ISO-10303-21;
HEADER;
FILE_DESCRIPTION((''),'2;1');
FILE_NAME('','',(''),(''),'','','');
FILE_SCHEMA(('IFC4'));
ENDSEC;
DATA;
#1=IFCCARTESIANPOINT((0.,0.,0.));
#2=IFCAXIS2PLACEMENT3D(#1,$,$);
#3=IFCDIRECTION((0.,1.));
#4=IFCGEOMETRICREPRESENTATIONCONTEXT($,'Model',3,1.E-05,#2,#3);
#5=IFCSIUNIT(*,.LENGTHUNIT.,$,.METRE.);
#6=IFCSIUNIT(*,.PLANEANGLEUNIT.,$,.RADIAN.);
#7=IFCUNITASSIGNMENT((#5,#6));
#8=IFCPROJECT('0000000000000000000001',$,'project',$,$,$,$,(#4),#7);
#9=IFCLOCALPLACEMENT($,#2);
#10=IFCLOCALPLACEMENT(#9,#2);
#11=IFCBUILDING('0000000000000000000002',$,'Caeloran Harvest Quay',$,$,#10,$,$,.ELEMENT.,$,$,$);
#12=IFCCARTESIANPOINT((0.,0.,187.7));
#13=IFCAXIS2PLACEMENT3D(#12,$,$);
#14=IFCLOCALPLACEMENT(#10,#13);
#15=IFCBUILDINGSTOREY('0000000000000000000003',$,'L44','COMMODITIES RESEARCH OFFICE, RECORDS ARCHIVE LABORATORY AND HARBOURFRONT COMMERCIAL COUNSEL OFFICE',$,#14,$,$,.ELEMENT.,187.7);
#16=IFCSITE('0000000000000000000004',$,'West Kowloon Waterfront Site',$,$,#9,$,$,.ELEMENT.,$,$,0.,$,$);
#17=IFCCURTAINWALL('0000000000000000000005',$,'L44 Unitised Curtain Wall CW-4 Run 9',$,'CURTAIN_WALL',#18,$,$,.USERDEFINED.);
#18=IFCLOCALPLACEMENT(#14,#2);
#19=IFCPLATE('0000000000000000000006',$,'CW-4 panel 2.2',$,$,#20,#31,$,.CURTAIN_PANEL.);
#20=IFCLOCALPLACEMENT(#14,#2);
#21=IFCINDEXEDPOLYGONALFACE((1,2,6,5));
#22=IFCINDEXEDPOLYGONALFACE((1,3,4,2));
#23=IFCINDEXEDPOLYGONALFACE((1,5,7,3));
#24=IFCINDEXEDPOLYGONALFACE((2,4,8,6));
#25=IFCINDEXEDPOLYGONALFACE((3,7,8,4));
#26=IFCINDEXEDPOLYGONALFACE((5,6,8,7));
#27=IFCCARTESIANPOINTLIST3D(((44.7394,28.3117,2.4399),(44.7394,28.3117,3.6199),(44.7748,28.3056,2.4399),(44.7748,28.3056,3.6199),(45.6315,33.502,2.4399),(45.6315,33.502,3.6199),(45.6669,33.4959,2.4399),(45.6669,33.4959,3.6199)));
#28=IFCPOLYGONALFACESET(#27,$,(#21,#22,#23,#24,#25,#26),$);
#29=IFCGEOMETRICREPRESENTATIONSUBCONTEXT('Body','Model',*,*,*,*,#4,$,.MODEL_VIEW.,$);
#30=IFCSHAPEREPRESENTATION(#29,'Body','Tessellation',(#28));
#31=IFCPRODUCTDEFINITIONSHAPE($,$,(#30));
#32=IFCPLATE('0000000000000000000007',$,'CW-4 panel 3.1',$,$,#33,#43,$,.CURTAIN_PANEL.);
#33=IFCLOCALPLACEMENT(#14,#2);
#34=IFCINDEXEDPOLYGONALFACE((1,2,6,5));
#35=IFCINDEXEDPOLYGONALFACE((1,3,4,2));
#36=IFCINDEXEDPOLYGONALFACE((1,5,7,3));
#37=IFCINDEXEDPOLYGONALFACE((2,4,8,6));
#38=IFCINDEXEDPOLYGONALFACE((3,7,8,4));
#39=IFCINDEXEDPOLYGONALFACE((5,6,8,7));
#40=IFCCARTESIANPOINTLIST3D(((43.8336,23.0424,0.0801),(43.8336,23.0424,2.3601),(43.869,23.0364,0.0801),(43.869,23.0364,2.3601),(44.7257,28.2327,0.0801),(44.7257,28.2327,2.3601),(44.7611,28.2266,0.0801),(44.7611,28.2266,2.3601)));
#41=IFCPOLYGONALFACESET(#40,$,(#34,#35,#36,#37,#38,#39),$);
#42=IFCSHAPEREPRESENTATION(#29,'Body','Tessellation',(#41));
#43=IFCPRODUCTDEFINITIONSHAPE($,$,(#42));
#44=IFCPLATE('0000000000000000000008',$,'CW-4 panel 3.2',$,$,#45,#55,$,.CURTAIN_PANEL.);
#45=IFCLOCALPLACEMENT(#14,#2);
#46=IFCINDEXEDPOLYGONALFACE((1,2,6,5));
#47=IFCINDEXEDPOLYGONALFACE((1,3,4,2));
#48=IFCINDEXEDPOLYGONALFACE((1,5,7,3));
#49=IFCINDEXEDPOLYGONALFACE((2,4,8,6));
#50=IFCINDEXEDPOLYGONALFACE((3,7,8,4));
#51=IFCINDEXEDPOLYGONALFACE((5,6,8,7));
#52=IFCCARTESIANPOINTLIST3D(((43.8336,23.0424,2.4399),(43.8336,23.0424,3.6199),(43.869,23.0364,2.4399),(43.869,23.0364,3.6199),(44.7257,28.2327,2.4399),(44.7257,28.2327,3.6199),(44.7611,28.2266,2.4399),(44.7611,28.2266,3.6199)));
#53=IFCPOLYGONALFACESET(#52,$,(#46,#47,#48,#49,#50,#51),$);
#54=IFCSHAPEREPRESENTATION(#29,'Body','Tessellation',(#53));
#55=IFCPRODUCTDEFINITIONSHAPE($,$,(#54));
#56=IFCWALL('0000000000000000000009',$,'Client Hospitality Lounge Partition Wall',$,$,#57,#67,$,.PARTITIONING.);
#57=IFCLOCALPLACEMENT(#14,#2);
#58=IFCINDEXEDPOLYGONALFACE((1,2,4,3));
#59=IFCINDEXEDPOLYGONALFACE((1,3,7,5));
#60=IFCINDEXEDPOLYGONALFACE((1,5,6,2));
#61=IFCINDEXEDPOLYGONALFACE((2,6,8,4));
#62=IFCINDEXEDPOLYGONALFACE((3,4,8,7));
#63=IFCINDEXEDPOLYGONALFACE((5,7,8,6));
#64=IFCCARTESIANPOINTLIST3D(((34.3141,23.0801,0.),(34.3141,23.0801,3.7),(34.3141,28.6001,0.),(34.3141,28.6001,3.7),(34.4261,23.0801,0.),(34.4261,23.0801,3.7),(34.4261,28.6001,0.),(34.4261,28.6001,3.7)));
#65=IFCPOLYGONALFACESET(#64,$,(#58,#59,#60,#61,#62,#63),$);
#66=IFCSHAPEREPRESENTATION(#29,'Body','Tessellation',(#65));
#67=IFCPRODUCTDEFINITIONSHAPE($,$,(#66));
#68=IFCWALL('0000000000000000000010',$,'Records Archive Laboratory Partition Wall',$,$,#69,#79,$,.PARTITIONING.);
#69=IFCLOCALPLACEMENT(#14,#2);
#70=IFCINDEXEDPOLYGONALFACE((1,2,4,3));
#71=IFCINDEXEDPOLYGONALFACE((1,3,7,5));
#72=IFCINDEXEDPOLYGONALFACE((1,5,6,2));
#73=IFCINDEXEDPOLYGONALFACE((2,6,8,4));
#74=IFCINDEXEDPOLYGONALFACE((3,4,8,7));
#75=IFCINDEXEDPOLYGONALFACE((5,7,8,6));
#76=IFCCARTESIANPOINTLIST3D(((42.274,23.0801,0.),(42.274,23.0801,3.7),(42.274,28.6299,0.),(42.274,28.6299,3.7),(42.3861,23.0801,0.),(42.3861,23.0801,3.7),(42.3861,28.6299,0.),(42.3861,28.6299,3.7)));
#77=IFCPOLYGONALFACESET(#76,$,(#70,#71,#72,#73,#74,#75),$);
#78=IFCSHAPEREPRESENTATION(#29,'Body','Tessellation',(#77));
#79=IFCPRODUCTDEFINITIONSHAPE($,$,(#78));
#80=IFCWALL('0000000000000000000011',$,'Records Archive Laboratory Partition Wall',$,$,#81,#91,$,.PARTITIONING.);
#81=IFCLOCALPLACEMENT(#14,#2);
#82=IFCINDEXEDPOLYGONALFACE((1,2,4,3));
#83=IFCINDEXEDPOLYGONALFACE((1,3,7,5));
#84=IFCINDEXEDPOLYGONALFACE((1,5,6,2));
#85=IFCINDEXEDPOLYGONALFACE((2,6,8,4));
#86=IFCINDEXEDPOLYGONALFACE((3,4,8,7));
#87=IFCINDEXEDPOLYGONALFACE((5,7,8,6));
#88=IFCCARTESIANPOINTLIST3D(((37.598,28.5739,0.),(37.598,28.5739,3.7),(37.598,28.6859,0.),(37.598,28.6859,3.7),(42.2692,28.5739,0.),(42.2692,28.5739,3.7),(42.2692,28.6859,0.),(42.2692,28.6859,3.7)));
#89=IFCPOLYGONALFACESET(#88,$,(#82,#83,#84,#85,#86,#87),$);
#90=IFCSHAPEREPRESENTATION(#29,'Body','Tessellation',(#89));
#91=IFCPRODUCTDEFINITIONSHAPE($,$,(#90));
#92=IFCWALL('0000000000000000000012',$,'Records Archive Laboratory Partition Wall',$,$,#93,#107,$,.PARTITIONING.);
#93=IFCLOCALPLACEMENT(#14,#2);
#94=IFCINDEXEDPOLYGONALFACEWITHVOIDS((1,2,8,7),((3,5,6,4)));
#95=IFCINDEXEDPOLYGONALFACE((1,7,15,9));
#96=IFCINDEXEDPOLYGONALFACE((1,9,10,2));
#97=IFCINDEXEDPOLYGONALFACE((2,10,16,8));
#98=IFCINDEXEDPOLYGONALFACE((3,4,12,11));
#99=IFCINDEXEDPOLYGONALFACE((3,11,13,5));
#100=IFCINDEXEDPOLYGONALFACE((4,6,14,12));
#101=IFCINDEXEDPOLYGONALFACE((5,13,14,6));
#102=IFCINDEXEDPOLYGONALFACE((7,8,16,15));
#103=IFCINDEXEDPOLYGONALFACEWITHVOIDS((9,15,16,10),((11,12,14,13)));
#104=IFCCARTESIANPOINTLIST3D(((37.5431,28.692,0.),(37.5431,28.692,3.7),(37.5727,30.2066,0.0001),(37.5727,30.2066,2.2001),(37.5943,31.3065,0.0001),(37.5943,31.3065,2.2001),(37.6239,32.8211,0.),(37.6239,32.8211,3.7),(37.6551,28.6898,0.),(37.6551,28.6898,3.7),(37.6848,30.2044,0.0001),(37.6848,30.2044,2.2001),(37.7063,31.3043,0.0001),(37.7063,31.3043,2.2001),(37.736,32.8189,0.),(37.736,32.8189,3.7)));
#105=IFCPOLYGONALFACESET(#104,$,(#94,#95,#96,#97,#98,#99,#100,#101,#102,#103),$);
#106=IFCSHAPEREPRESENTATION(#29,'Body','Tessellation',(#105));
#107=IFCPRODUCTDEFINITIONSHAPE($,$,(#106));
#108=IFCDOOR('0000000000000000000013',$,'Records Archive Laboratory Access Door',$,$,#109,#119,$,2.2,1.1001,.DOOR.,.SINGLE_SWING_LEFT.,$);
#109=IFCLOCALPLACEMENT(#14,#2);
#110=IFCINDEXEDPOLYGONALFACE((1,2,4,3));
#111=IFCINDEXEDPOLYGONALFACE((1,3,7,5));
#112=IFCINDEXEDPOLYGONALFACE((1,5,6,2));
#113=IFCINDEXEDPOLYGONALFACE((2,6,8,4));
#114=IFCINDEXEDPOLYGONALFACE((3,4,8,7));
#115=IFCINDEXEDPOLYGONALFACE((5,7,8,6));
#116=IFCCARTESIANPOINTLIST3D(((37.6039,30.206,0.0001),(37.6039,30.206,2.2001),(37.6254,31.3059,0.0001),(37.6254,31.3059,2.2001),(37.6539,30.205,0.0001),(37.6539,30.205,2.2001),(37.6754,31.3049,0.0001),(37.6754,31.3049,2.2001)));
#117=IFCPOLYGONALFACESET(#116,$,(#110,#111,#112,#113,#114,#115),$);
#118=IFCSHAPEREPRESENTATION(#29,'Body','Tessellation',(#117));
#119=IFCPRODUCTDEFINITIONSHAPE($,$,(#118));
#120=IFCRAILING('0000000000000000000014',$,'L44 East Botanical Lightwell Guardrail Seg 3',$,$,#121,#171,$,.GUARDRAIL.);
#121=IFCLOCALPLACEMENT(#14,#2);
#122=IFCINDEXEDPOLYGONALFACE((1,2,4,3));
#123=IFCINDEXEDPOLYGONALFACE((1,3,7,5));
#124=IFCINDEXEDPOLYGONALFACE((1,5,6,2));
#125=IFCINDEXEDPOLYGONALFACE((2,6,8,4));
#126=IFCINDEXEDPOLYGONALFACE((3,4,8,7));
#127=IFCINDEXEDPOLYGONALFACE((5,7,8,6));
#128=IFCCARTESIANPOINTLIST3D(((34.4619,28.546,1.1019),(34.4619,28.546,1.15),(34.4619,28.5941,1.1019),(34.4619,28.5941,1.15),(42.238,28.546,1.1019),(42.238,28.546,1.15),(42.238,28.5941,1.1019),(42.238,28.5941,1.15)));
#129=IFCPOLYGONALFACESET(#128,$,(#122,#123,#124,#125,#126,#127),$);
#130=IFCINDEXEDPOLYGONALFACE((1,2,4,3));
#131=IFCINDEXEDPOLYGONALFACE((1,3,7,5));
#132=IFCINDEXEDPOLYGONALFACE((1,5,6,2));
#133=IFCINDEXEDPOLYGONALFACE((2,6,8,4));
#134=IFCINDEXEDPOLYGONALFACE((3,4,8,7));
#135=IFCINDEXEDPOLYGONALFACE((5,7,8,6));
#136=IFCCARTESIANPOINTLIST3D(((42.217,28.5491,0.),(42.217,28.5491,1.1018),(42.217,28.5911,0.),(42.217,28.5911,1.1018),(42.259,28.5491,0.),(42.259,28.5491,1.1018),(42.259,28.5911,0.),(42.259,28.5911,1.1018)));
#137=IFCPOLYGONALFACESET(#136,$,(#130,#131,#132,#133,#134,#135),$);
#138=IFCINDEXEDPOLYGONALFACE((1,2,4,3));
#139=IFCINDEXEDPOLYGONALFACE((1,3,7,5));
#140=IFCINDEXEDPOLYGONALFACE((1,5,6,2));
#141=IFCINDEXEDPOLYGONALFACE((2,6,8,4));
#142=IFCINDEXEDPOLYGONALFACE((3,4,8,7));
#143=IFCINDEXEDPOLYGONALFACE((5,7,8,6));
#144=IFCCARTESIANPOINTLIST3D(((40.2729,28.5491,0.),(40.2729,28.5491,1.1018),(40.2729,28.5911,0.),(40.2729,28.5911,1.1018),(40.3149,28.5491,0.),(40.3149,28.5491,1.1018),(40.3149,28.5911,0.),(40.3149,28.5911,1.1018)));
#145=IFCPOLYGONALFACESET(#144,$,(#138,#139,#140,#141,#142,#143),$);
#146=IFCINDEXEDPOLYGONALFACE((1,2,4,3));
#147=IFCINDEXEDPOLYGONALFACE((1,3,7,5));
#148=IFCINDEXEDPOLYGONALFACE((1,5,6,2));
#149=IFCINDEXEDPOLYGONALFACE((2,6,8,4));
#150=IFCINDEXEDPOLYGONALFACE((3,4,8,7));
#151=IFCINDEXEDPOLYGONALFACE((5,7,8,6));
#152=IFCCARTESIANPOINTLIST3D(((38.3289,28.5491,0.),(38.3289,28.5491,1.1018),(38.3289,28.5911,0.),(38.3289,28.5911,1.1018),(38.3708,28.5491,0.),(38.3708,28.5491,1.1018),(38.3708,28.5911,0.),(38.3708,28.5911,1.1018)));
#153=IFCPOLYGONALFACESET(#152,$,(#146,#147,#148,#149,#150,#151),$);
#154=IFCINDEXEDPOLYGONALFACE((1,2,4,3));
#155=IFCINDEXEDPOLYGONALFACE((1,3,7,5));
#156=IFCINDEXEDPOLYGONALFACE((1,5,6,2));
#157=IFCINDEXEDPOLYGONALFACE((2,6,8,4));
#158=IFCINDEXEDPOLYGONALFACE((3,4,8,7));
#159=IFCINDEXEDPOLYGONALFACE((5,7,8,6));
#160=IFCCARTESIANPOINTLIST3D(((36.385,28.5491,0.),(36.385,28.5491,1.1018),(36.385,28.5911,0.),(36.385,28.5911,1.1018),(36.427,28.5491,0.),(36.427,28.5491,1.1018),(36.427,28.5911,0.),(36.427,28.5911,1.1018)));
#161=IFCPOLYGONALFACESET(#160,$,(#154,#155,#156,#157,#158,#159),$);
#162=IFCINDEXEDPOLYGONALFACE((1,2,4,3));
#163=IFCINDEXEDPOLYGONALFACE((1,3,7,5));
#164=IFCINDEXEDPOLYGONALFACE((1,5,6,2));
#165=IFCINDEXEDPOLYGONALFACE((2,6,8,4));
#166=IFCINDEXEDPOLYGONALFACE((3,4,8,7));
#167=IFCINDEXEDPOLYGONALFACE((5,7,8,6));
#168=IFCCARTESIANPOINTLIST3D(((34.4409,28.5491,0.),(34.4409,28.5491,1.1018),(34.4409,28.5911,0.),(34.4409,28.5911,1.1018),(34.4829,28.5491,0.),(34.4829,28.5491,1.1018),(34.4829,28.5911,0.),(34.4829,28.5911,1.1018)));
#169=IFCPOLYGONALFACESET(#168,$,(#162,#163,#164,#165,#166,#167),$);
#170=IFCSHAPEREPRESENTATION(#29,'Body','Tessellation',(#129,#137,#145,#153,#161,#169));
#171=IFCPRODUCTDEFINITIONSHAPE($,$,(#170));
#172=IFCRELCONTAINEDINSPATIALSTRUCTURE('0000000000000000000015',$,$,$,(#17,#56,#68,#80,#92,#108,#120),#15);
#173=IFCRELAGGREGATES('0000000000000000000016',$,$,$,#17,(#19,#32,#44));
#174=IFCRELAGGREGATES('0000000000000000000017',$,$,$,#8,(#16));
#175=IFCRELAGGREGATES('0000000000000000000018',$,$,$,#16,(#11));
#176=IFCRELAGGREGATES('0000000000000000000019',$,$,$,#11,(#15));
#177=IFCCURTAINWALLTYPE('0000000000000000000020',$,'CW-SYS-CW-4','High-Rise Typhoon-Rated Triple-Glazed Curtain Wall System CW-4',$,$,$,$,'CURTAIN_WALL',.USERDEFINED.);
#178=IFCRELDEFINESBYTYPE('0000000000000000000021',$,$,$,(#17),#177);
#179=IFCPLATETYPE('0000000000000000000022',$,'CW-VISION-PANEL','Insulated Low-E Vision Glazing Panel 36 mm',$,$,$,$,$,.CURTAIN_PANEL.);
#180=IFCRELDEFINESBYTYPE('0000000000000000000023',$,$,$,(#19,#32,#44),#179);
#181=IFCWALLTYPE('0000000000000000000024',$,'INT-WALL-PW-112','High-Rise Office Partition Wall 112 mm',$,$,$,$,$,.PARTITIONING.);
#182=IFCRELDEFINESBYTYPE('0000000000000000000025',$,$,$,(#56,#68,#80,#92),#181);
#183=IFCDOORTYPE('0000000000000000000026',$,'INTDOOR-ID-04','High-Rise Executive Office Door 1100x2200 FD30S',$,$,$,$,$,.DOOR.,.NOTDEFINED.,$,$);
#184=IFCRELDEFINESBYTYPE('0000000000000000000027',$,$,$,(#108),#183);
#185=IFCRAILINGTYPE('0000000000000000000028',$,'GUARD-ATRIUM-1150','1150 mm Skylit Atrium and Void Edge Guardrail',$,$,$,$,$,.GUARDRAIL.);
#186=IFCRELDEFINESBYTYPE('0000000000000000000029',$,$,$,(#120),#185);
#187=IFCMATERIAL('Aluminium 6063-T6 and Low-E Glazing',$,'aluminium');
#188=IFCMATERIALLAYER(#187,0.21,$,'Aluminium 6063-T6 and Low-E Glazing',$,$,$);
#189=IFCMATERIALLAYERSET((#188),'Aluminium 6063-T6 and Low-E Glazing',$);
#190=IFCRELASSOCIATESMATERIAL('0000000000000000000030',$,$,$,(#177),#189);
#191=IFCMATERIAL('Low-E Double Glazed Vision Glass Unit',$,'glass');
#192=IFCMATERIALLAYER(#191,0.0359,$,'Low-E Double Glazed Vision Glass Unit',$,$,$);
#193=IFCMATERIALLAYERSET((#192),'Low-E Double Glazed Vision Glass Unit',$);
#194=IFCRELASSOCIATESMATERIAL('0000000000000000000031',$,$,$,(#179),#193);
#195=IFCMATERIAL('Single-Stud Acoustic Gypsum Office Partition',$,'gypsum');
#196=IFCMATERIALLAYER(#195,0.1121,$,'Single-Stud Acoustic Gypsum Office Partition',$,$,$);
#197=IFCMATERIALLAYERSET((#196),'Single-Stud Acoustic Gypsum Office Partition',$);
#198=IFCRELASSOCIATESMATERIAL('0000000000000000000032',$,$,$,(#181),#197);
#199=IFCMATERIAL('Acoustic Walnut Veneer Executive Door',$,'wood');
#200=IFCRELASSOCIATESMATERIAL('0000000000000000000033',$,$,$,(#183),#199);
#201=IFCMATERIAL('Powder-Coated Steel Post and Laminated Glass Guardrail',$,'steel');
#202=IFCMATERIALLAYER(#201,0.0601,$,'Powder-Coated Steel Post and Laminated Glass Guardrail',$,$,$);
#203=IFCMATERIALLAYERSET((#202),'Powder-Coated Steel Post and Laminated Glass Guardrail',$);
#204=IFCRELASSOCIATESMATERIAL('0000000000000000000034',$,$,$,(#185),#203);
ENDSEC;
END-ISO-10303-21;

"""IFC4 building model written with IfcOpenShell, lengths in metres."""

from ifc_helpers import new_model, si_unit, direction, frame, frame_2d, origin, origin_2d, place, context, subcontext, project, spatial, rectangle, extrude, material, layer, layer_set, type_object, element, fill, aggregate, save


model = new_model("IFC4")

# Units and contexts
model_context = context("Model", 3, precision=1e-05, world=origin(), true_north=direction((0.0, 1.0)))
body_context = subcontext(model_context, "Body", "Model", "MODEL_VIEW")
ifc_project = project(units=[si_unit("LENGTHUNIT", "METRE"), si_unit("PLANEANGLEUNIT", "RADIAN")], contexts=[model_context])

# Site, building, storey
site_placement = place(None, origin())
site = spatial("IfcSite", under=ifc_project, at=site_placement, Name="West Kowloon Waterfront Site", CompositionType="ELEMENT", RefElevation=0.0)
building_placement = place(site_placement, origin())
building = spatial("IfcBuilding", under=site, at=building_placement, Name="Caeloran Harvest Quay", CompositionType="ELEMENT")
storey_placement = place(building_placement, frame((0.0, 0.0, 187.7)))
storey = spatial("IfcBuildingStorey", under=building, at=storey_placement, Name="L44", Description="COMMODITIES RESEARCH OFFICE, RECORDS ARCHIVE LABORATORY AND HARBOURFRONT COMMERCIAL COUNSEL OFFICE", CompositionType="ELEMENT", Elevation=187.7)

# Curtain wall, plates
ifc_material_1 = material(Name="Aluminium 6063-T6 and Low-E Glazing", Category="aluminium")
ifc_layer_1 = layer(ifc_material_1, 0.21, Name="Aluminium 6063-T6 and Low-E Glazing")
ifc_layer_set_1 = layer_set([ifc_layer_1], Name="Aluminium 6063-T6 and Low-E Glazing")
curtain_wall_type = type_object("IfcCurtainWallType", Name="CW-SYS-CW-4", Description="High-Rise Typhoon-Rated Triple-Glazed Curtain Wall System CW-4", ElementType="CURTAIN_WALL", PredefinedType="USERDEFINED", material=ifc_layer_set_1)
curtain_wall_placement = place(storey_placement, origin())
curtain_wall = element("IfcCurtainWall", 1, at=curtain_wall_placement, inside=storey, type_object=curtain_wall_type, Name="L44 Unitised Curtain Wall CW-4 Run 9", ObjectType="CURTAIN_WALL", PredefinedType="USERDEFINED")
ifc_material_2 = material(Name="Low-E Double Glazed Vision Glass Unit", Category="glass")
ifc_layer_2 = layer(ifc_material_2, 0.0359, Name="Low-E Double Glazed Vision Glass Unit")
ifc_layer_set_2 = layer_set([ifc_layer_2], Name="Low-E Double Glazed Vision Glass Unit")
plate_type = type_object("IfcPlateType", Name="CW-VISION-PANEL", Description="Insulated Low-E Vision Glazing Panel 36 mm", PredefinedType="CURTAIN_PANEL", material=ifc_layer_set_2)
plate_1_placement = place(storey_placement, frame((45.2031, 30.9038, 2.4399), z_axis=(0.0, 0.0, 1.0), x_axis=(-0.169392, -0.985549, 0.0)))
plate_1 = element("IfcPlate", 2, at=plate_1_placement, type_object=plate_type, Name="CW-4 panel 2.2", PredefinedType="CURTAIN_PANEL", context=body_context, shape_type="SweptSolid", body=[
    extrude(rectangle(XDim=5.2664, YDim=0.0359, at=origin_2d()), origin(), (0.0, 0.0, 1.0), 1.1799),
])
plate_2_placement = place(storey_placement, frame((44.2974, 25.6345, 0.0801), z_axis=(0.0, 0.0, 1.0), x_axis=(-0.169392, -0.985549, 0.0)))
plate_2 = element("IfcPlate", 3, at=plate_2_placement, type_object=plate_type, Name="CW-4 panel 3.1", PredefinedType="CURTAIN_PANEL", context=body_context, shape_type="SweptSolid", body=[
    extrude(rectangle(XDim=5.2664, YDim=0.0359, at=origin_2d()), origin(), (0.0, 0.0, 1.0), 2.28),
])
plate_3_placement = place(storey_placement, frame((44.2974, 25.6345, 2.4399), z_axis=(0.0, 0.0, 1.0), x_axis=(-0.169392, -0.985549, 0.0)))
plate_3 = element("IfcPlate", 4, at=plate_3_placement, type_object=plate_type, Name="CW-4 panel 3.2", PredefinedType="CURTAIN_PANEL", context=body_context, shape_type="SweptSolid", body=[
    extrude(rectangle(XDim=5.2664, YDim=0.0359, at=origin_2d()), origin(), (0.0, 0.0, 1.0), 1.1799),
])
aggregate(curtain_wall, [plate_1, plate_2, plate_3])

# Walls
ifc_material_3 = material(Name="Single-Stud Acoustic Gypsum Office Partition", Category="gypsum")
ifc_layer_3 = layer(ifc_material_3, 0.1121, Name="Single-Stud Acoustic Gypsum Office Partition")
ifc_layer_set_3 = layer_set([ifc_layer_3], Name="Single-Stud Acoustic Gypsum Office Partition")
wall_type = type_object("IfcWallType", Name="INT-WALL-PW-112", Description="High-Rise Office Partition Wall 112 mm", PredefinedType="PARTITIONING", material=ifc_layer_set_3)
wall_1_placement = place(storey_placement, frame((34.3701, 28.6001, 0.0), z_axis=(0.0, 0.0, 1.0), x_axis=(0.0, -1.0, 0.0)))
element("IfcWall", 5, at=wall_1_placement, inside=storey, type_object=wall_type, Name="Client Hospitality Lounge Partition Wall", PredefinedType="PARTITIONING", context=body_context, shape_type="SweptSolid", body=[
    extrude(rectangle(XDim=5.52, YDim=0.1121, at=frame_2d((2.76, 0.0))), origin(), (0.0, 0.0, 1.0), 3.7),
])
wall_2_placement = place(storey_placement, frame((42.3301, 23.0801, 0.0), z_axis=(0.0, 0.0, 1.0), x_axis=(0.0, 1.0, 0.0)))
element("IfcWall", 6, at=wall_2_placement, inside=storey, type_object=wall_type, Name="Records Archive Laboratory Partition Wall", PredefinedType="PARTITIONING", context=body_context, shape_type="SweptSolid", body=[
    extrude(rectangle(XDim=5.5498, YDim=0.1121, at=frame_2d((2.7749, 0.0))), origin(), (0.0, 0.0, 1.0), 3.7),
])
wall_3_placement = place(storey_placement, frame((42.269, 28.6299, 0.0), z_axis=(0.0, 0.0, 1.0), x_axis=(-1.0, 0.0, 0.0)))
element("IfcWall", 7, at=wall_3_placement, inside=storey, type_object=wall_type, Name="Records Archive Laboratory Partition Wall", PredefinedType="PARTITIONING", context=body_context, shape_type="SweptSolid", body=[
    extrude(rectangle(XDim=4.6711, YDim=0.1121, at=frame_2d((2.3354, 0.0))), origin(), (0.0, 0.0, 1.0), 3.7),
])

# Wall, opening, door
wall_4_placement = place(storey_placement, frame((37.5991, 28.6909, 0.0), z_axis=(0.0, 0.0, 1.0), x_axis=(0.019567, 0.999809, 0.0)))
wall_4 = element("IfcWall", 8, at=wall_4_placement, inside=storey, type_object=wall_type, Name="Records Archive Laboratory Partition Wall", PredefinedType="PARTITIONING", context=body_context, shape_type="SweptSolid", body=[
    extrude(rectangle(XDim=4.1299, YDim=0.1121, at=frame_2d((2.0649, 0.0))), origin(), (0.0, 0.0, 1.0), 3.7),
])
opening_placement = place(wall_4_placement, frame((1.5149, 0.0, 0.0)))
opening = element("IfcOpeningElement", 9, at=opening_placement, cuts=wall_4, PredefinedType="OPENING", context=body_context, shape_type="SweptSolid", body=[
    extrude(rectangle(XDim=1.1001, YDim=2.2, at=frame_2d((0.55, 1.1001))), frame((0.0, 0.0659, 0.0), z_axis=(0.0, -1.0, 0.0), x_axis=(1.0, 0.0, 0.0)), (0.0, 0.0, 1.0), 0.1321),
])
ifc_material_4 = material(Name="Acoustic Walnut Veneer Executive Door", Category="wood")
door_type = type_object("IfcDoorType", Name="INTDOOR-ID-04", Description="High-Rise Executive Office Door 1100x2200 FD30S", OperationType="NOTDEFINED", PredefinedType="DOOR", material=ifc_material_4)
door_placement = place(opening_placement, origin())
door = element("IfcDoor", 10, at=door_placement, inside=storey, type_object=door_type, Name="Records Archive Laboratory Access Door", OperationType="SINGLE_SWING_LEFT", OverallHeight=2.2, OverallWidth=1.1001, PredefinedType="DOOR", context=body_context, shape_type="SweptSolid", body=[
    extrude(rectangle(XDim=1.1001, YDim=2.2, at=frame_2d((0.55, 1.1001))), frame((0.0, 0.0249, 0.0), z_axis=(0.0, -1.0, 0.0), x_axis=(1.0, 0.0, 0.0)), (0.0, 0.0, 1.0), 0.05),
])
fill(opening, door)

# Railing
ifc_material_5 = material(Name="Powder-Coated Steel Post and Laminated Glass Guardrail", Category="steel")
ifc_layer_4 = layer(ifc_material_5, 0.0601, Name="Powder-Coated Steel Post and Laminated Glass Guardrail")
ifc_layer_set_4 = layer_set([ifc_layer_4], Name="Powder-Coated Steel Post and Laminated Glass Guardrail")
railing_type = type_object("IfcRailingType", Name="GUARD-ATRIUM-1150", Description="1150 mm Skylit Atrium and Void Edge Guardrail", PredefinedType="GUARDRAIL", material=ifc_layer_set_4)
railing_1_placement = place(storey_placement, frame((42.238, 28.5701, 0.0)))
element("IfcRailing", 11, at=railing_1_placement, inside=storey, type_object=railing_type, Name="L44 East Botanical Lightwell Guardrail Seg 3", PredefinedType="GUARDRAIL", context=body_context, shape_type="SweptSolid", body=[
    extrude(rectangle(XDim=0.0481, YDim=0.0481, at=origin_2d()), frame((0.0, 0.0, 1.126), z_axis=(-1.0, 0.0, 0.0), x_axis=(0.0, -1.0, 0.0)), (0.0, 0.0, 1.0), 7.7761),
    extrude(rectangle(XDim=0.042, YDim=0.042, at=origin_2d()), origin(), (0.0, 0.0, 1.0), 1.1018),
    extrude(rectangle(XDim=0.042, YDim=0.042, at=origin_2d()), frame((-1.9441, 0.0, 0.0)), (0.0, 0.0, 1.0), 1.1018),
    extrude(rectangle(XDim=0.042, YDim=0.042, at=origin_2d()), frame((-3.8882, 0.0, 0.0)), (0.0, 0.0, 1.0), 1.1018),
    extrude(rectangle(XDim=0.042, YDim=0.042, at=origin_2d()), frame((-5.832, 0.0, 0.0)), (0.0, 0.0, 1.0), 1.1018),
    extrude(rectangle(XDim=0.042, YDim=0.042, at=origin_2d()), frame((-7.7761, 0.0, 0.0)), (0.0, 0.0, 1.0), 1.1018),
])

save(model, "model.ifc")
